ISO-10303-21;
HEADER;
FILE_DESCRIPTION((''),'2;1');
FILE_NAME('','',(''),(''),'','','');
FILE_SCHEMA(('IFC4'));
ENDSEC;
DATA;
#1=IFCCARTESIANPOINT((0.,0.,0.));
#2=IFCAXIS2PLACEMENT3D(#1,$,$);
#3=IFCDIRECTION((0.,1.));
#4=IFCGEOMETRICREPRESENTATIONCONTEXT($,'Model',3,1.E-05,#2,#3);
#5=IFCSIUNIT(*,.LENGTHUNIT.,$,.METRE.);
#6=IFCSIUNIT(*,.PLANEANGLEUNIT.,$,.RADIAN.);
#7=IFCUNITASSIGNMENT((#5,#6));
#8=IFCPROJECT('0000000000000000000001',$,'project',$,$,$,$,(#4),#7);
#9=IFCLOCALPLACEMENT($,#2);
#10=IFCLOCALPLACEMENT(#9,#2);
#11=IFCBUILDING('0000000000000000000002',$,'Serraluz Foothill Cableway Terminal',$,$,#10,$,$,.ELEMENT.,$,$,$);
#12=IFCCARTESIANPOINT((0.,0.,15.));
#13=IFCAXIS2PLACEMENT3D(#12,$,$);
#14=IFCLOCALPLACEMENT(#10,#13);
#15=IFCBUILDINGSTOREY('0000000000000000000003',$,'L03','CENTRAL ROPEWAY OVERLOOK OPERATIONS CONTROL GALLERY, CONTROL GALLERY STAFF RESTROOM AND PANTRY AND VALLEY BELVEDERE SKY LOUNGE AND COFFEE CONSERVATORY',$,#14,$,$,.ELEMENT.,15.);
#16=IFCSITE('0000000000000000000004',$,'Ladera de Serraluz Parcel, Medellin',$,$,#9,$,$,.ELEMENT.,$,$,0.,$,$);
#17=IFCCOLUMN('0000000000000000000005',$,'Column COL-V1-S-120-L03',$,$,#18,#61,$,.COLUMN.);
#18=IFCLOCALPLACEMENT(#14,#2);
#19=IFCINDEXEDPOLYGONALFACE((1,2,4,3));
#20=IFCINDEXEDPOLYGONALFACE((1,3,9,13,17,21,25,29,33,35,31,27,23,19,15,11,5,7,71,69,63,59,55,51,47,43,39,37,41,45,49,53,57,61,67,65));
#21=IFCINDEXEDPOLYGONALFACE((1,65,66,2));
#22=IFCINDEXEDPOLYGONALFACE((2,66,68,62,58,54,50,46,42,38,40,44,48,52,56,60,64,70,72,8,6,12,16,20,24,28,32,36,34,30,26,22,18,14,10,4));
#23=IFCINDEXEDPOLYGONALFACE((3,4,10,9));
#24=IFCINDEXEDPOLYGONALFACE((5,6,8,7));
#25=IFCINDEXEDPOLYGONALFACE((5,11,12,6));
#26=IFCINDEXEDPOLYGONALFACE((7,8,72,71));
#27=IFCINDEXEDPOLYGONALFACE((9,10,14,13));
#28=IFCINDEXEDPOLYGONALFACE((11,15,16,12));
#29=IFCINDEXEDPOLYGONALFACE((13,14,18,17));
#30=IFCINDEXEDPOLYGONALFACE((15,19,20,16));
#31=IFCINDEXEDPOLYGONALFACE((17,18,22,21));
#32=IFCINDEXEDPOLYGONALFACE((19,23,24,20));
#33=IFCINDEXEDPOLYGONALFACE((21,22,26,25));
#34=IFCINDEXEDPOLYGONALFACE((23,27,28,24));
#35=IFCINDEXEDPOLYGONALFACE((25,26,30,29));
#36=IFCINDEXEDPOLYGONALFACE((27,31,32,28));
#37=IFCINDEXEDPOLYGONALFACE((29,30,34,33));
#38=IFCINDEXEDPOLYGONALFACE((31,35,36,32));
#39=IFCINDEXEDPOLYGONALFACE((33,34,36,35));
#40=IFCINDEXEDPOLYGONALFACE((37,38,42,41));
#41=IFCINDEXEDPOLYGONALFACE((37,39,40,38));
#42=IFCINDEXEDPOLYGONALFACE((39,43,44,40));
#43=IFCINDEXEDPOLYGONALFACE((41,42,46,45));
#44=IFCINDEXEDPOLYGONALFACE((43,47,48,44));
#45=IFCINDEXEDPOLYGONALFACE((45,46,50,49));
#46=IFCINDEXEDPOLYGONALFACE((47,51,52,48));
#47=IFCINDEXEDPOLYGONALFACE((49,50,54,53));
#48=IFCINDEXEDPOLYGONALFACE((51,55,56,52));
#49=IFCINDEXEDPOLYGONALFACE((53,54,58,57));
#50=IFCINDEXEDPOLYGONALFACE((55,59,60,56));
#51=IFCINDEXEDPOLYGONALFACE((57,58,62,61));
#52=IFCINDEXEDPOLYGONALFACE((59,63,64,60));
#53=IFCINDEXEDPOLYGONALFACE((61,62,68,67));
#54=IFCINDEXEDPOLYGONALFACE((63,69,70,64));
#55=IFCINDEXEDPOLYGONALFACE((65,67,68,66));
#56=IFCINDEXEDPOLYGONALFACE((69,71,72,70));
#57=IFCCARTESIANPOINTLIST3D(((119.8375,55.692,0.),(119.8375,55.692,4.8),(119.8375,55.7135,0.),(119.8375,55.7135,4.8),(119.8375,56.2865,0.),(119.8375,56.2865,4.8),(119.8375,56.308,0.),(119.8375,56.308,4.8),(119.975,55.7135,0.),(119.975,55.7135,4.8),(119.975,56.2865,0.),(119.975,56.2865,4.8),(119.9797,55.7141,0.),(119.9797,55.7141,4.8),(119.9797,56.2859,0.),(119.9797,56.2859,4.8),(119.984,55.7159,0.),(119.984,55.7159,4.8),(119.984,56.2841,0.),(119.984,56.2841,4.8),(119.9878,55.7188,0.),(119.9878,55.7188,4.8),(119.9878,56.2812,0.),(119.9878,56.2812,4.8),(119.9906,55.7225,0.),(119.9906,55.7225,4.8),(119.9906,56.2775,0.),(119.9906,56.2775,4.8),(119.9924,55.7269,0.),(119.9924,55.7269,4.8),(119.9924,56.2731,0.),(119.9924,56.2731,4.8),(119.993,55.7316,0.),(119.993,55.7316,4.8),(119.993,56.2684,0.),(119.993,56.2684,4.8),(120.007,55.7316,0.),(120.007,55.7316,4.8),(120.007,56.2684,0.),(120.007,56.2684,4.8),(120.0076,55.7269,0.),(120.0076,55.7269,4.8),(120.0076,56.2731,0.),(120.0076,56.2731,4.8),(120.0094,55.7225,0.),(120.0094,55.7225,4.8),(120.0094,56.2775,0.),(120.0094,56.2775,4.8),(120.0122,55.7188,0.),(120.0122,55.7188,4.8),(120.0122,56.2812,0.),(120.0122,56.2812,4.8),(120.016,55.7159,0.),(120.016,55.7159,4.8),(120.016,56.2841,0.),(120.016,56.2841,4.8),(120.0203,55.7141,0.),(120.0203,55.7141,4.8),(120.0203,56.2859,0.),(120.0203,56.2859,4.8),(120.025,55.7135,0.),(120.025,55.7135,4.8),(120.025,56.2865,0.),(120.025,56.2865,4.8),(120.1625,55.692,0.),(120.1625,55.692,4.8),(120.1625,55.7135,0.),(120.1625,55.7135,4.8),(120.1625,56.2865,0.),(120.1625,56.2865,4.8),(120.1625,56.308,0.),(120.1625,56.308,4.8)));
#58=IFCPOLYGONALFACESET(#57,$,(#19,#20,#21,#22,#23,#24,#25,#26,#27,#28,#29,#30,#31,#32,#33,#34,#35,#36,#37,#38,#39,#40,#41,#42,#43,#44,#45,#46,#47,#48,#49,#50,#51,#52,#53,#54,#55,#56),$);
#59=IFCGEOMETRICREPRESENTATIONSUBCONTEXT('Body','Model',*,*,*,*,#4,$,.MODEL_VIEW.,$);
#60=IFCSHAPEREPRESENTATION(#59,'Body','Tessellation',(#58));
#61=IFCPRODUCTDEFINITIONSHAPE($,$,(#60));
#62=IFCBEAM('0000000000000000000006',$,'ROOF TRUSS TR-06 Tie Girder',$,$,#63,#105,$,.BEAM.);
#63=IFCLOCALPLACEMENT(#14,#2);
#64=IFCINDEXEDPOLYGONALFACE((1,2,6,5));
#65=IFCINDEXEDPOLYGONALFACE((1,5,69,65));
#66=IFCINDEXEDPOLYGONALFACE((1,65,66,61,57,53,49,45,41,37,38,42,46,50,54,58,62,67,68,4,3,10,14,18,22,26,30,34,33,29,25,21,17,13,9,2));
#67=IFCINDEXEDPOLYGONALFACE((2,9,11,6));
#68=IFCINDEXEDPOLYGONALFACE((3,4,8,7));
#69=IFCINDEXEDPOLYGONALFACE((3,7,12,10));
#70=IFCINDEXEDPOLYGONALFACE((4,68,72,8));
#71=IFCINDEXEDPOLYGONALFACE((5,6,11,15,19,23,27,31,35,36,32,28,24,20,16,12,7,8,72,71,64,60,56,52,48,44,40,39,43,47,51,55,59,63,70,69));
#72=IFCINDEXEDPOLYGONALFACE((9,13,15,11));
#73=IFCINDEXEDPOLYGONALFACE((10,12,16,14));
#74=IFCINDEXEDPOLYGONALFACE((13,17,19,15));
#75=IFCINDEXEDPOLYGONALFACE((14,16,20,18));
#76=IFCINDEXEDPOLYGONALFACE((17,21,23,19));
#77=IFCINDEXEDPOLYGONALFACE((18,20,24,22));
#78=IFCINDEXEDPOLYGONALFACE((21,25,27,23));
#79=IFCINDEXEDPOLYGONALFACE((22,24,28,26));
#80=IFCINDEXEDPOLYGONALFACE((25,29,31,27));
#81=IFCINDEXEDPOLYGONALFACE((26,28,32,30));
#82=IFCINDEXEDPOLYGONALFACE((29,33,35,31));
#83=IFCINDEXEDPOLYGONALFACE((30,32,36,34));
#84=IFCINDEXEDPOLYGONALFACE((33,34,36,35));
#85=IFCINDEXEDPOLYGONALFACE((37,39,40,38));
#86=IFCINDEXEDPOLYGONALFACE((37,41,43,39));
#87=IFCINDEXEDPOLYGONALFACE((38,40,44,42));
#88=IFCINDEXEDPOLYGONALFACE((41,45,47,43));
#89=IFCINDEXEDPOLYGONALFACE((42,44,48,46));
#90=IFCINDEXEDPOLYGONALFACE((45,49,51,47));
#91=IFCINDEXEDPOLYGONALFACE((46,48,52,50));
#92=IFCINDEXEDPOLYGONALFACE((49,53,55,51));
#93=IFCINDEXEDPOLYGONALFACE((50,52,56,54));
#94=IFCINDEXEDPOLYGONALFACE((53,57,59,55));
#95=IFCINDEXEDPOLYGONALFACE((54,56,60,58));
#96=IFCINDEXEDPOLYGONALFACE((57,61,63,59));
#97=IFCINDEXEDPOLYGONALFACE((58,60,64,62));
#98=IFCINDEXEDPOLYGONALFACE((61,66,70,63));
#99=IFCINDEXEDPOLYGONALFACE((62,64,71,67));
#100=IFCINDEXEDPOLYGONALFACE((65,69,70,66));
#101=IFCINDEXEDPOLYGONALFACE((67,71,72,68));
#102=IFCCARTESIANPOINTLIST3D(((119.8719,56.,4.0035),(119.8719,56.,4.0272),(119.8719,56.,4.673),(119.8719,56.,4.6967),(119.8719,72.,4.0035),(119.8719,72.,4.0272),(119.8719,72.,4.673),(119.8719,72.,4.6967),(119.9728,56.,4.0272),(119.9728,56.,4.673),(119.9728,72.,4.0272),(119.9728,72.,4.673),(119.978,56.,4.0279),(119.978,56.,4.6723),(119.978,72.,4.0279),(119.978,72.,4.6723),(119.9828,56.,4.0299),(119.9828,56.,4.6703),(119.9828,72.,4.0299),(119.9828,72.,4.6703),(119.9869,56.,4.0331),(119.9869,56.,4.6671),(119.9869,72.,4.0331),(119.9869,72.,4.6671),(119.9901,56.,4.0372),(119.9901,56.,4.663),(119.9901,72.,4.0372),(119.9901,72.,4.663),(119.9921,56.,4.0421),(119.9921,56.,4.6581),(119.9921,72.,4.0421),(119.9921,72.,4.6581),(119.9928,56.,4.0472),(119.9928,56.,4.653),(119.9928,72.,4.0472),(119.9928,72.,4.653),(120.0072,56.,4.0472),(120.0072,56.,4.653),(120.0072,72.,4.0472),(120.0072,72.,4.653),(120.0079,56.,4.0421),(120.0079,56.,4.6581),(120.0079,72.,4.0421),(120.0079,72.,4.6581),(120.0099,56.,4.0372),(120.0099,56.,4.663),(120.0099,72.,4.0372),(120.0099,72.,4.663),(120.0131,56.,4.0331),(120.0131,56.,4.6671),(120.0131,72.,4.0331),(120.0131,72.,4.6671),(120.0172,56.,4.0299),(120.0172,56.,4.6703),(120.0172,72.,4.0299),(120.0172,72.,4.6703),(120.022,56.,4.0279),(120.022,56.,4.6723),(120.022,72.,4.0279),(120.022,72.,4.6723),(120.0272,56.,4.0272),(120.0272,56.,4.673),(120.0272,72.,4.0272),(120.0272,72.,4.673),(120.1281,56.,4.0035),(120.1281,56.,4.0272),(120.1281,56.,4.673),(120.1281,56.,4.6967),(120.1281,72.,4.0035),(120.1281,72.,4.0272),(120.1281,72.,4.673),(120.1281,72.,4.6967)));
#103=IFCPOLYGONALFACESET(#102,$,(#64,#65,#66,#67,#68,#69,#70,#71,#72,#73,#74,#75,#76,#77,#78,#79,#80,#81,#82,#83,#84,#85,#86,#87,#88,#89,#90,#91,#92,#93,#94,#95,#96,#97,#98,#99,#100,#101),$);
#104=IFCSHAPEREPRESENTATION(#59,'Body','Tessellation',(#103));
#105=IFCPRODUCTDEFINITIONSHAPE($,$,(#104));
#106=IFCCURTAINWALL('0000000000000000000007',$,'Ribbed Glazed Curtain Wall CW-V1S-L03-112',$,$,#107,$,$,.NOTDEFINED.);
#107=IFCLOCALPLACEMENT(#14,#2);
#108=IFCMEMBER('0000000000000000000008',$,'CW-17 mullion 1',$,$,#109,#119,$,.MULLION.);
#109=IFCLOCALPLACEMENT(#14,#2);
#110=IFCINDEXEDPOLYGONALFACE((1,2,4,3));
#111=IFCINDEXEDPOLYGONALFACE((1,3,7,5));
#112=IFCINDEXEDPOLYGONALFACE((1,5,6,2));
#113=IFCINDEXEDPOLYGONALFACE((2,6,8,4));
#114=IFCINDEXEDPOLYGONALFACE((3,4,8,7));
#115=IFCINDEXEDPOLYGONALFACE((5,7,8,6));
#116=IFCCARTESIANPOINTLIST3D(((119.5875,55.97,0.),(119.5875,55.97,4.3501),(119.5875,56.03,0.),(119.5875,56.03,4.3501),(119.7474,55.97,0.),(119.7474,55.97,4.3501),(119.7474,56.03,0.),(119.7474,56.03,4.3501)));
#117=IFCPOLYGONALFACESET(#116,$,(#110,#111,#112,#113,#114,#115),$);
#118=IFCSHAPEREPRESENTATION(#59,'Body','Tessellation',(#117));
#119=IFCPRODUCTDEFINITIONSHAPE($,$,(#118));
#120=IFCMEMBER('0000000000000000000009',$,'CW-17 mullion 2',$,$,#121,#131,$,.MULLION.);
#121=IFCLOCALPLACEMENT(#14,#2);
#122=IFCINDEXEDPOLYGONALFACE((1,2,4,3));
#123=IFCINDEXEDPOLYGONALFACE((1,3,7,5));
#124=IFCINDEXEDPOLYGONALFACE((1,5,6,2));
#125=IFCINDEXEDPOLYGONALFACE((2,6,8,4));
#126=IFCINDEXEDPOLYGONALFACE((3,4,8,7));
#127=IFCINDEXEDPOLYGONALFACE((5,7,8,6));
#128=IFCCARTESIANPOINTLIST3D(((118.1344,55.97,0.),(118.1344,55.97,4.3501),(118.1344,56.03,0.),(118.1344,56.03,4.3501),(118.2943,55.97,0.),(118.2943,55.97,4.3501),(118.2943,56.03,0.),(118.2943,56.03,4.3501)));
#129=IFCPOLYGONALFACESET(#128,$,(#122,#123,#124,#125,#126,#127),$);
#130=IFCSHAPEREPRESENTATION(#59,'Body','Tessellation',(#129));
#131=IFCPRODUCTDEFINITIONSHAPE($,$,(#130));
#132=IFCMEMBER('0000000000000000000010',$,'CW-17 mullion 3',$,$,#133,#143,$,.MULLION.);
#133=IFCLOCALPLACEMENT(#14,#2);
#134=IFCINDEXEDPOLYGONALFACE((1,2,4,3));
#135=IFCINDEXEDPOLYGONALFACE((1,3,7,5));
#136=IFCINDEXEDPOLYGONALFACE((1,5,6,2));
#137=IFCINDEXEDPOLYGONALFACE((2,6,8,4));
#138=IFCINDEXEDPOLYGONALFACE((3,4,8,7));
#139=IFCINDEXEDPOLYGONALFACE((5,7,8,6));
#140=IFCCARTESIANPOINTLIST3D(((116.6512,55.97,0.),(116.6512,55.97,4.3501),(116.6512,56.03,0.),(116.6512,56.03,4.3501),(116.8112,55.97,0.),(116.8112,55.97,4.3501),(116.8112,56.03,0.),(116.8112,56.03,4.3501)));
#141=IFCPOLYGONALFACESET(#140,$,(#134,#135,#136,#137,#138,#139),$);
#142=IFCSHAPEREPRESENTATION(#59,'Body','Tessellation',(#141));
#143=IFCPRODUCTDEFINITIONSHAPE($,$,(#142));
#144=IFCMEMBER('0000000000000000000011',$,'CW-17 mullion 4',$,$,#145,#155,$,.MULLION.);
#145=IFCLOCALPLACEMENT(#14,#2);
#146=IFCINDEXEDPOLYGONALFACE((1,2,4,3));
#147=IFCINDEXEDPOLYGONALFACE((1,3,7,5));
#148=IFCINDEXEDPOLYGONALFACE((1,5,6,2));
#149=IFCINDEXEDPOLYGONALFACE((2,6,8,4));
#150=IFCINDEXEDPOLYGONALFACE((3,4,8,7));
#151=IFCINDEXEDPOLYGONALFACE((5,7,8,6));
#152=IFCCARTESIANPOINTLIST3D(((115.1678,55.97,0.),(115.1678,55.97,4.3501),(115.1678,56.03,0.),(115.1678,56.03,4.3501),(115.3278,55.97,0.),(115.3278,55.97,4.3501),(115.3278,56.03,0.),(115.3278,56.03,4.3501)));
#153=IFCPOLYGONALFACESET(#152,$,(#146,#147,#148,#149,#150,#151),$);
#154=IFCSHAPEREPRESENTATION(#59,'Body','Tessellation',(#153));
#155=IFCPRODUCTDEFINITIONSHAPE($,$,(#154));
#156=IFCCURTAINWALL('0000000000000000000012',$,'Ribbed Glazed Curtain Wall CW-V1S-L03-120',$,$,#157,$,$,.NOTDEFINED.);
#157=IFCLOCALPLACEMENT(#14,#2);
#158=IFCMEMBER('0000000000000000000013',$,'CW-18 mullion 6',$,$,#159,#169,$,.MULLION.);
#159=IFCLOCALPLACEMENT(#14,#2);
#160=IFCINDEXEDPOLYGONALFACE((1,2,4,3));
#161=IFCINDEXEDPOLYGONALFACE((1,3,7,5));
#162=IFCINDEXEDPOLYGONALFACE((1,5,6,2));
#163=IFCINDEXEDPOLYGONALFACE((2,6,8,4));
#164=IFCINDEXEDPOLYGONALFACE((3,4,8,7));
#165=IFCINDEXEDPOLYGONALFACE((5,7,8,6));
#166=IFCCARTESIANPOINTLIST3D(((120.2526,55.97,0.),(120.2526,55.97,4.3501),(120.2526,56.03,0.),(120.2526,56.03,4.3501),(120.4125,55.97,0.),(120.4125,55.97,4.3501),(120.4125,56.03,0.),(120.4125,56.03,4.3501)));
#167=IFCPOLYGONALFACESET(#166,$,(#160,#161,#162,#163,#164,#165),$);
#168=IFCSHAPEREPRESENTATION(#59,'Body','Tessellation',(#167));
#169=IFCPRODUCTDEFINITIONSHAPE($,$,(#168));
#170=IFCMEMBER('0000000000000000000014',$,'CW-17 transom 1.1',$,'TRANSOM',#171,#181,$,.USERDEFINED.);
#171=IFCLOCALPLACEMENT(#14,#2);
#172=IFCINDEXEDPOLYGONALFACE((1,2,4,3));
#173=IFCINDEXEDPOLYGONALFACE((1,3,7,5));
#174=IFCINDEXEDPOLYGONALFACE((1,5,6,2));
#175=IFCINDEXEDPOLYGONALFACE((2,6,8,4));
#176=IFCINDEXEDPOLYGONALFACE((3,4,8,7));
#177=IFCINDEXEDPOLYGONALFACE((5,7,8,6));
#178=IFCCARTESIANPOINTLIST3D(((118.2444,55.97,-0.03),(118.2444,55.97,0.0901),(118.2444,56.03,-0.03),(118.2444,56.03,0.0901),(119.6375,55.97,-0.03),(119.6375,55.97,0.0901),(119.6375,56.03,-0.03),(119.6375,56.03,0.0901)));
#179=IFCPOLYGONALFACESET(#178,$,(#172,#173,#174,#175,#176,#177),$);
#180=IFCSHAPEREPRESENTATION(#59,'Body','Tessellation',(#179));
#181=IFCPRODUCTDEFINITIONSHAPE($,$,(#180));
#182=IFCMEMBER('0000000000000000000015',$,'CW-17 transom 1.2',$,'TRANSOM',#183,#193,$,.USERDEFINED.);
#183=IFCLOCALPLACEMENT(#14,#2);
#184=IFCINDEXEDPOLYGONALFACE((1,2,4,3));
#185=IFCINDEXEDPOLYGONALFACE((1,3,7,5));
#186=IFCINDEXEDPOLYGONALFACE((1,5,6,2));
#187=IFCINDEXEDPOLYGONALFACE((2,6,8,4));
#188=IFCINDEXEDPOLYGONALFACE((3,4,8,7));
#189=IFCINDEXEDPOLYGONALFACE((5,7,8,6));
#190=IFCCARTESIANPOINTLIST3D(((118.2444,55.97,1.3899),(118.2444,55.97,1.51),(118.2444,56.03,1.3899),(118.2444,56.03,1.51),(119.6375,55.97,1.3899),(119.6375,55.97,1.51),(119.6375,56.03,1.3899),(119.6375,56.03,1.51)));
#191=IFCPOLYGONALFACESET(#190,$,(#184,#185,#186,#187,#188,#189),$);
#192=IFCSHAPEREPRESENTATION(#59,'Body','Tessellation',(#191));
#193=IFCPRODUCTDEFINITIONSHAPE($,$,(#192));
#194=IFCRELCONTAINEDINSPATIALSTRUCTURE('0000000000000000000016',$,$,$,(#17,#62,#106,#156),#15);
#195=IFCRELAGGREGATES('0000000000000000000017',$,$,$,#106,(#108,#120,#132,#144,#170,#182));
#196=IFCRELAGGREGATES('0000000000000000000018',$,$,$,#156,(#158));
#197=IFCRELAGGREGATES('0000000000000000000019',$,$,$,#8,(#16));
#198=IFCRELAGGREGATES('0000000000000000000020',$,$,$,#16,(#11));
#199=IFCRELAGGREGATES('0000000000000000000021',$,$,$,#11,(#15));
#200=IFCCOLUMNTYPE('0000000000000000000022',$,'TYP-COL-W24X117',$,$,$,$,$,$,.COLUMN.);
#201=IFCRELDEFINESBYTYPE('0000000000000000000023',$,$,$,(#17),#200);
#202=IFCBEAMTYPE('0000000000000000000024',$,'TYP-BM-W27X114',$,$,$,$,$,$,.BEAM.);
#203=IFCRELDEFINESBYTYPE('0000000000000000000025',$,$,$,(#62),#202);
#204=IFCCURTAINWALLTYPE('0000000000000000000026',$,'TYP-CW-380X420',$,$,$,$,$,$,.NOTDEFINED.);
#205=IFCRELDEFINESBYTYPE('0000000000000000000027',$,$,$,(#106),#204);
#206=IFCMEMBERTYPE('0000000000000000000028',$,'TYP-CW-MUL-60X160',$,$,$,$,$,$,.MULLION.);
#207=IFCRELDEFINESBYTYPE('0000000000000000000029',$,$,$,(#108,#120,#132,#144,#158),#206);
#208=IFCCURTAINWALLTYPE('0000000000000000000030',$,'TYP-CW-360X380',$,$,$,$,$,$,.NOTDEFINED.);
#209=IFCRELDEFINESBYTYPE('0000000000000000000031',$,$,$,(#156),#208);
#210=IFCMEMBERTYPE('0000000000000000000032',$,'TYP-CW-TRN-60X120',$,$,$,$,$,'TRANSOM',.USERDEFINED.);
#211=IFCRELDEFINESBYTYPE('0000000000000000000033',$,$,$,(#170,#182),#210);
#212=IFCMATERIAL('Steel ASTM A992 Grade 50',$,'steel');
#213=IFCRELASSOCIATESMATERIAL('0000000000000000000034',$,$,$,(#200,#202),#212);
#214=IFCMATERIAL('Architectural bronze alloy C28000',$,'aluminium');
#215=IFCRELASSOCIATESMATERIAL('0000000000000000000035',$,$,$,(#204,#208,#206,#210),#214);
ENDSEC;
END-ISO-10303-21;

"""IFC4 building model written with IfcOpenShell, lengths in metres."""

from ifc_helpers import new_model, si_unit, direction, frame, origin, origin_2d, place, context, subcontext, project, spatial, rectangle, i_section, extrude, material, material_profile, profile_set, type_object, element, aggregate, save


model = new_model("IFC4")

# Units and contexts
model_context = context("Model", 3, precision=1e-05, world=origin(), true_north=direction((0.0, 1.0)))
body_context = subcontext(model_context, "Body", "Model", "MODEL_VIEW")
ifc_project = project(units=[si_unit("LENGTHUNIT", "METRE"), si_unit("PLANEANGLEUNIT", "RADIAN")], contexts=[model_context])

# Site, building, storey
site_placement = place(None, origin())
site = spatial("IfcSite", under=ifc_project, at=site_placement, Name="Ladera de Serraluz Parcel, Medellin", CompositionType="ELEMENT", RefElevation=0.0)
building_placement = place(site_placement, origin())
building = spatial("IfcBuilding", under=site, at=building_placement, Name="Serraluz Foothill Cableway Terminal", CompositionType="ELEMENT")
storey_placement = place(building_placement, frame((0.0, 0.0, 15.0)))
storey = spatial("IfcBuildingStorey", under=building, at=storey_placement, Name="L03", Description="CENTRAL ROPEWAY OVERLOOK OPERATIONS CONTROL GALLERY, CONTROL GALLERY STAFF RESTROOM AND PANTRY AND VALLEY BELVEDERE SKY LOUNGE AND COFFEE CONSERVATORY", CompositionType="ELEMENT", Elevation=15.0)

# Column
ifc_material_1 = material(Name="Steel ASTM A992 Grade 50", Category="steel")
ifc_material_profile_1 = material_profile(ifc_material_1, i_section(OverallWidth=0.325, OverallDepth=0.616, WebThickness=0.0139, FlangeThickness=0.0215, FilletRadius=0.0181, at=origin_2d()), Name="W24X117")
ifc_profile_set_1 = profile_set([ifc_material_profile_1], Name="Steel ASTM A992 Grade 50")
column_type = type_object("IfcColumnType", Name="TYP-COL-W24X117", PredefinedType="COLUMN", material=ifc_profile_set_1)
column_placement = place(storey_placement, frame((120.0, 56.0, 0.0), z_axis=(0.0, 0.0, 1.0), x_axis=(1.0, 0.0, 0.0)))
element("IfcColumn", 1, at=column_placement, inside=storey, type_object=column_type, Name="Column COL-V1-S-120-L03", PredefinedType="COLUMN", context=body_context, shape_type="SweptSolid", body=[
    extrude(i_section(OverallWidth=0.325, OverallDepth=0.616, WebThickness=0.0139, FlangeThickness=0.0215, FilletRadius=0.0181, at=origin_2d()), origin(), (0.0, 0.0, 1.0), 4.8),
])

# Beam
ifc_material_profile_2 = material_profile(ifc_material_1, i_section(OverallWidth=0.2561, OverallDepth=0.6931, WebThickness=0.0144, FlangeThickness=0.0237, FilletRadius=0.02, at=origin_2d()), Name="W27X114")
ifc_profile_set_2 = profile_set([ifc_material_profile_2], Name="Steel ASTM A992 Grade 50")
beam_type_1 = type_object("IfcBeamType", Name="TYP-BM-W27X114", PredefinedType="BEAM", material=ifc_profile_set_2)
beam_1_placement = place(storey_placement, frame((120.0, 56.0, 4.3501), z_axis=(0.0, 1.0, 0.0), x_axis=(-1.0, 0.0, 0.0)))
element("IfcBeam", 2, at=beam_1_placement, inside=storey, type_object=beam_type_1, Name="ROOF TRUSS TR-06 Tie Girder", PredefinedType="BEAM", context=body_context, shape_type="SweptSolid", body=[
    extrude(i_section(OverallWidth=0.2561, OverallDepth=0.6931, WebThickness=0.0144, FlangeThickness=0.0237, FilletRadius=0.02, at=origin_2d()), origin(), (0.0, 0.0, 1.0), 16.0),
])

# Curtain wall, members
ifc_material_2 = material(Name="Architectural bronze alloy C28000", Category="aluminium")
curtain_wall_type_1 = type_object("IfcCurtainWallType", Name="TYP-CW-380X420", PredefinedType="NOTDEFINED", material=ifc_material_2)
curtain_wall_1_placement = place(storey_placement, origin())
curtain_wall_1 = element("IfcCurtainWall", 3, at=curtain_wall_1_placement, inside=storey, type_object=curtain_wall_type_1, Name="Ribbed Glazed Curtain Wall CW-V1S-L03-112", PredefinedType="NOTDEFINED")
ifc_material_profile_3 = material_profile(ifc_material_2, rectangle(XDim=0.0601, YDim=0.1599, at=origin_2d()), Name="ALU MULLION 60x160")
ifc_profile_set_3 = profile_set([ifc_material_profile_3], Name="Architectural bronze alloy C28000")
member_type_1 = type_object("IfcMemberType", Name="TYP-CW-MUL-60X160", PredefinedType="MULLION", material=ifc_profile_set_3)
member_1_placement = place(storey_placement, frame((119.6675, 56.0, 0.0), z_axis=(0.0, 0.0, 1.0), x_axis=(0.0, -1.0, 0.0)))
member_1 = element("IfcMember", 4, at=member_1_placement, type_object=member_type_1, Name="CW-17 mullion 1", PredefinedType="MULLION", context=body_context, shape_type="SweptSolid", body=[
    extrude(rectangle(XDim=0.0601, YDim=0.1599, at=origin_2d()), origin(), (0.0, 0.0, 1.0), 4.3501),
])
member_2_placement = place(storey_placement, frame((118.2144, 56.0, 0.0), z_axis=(0.0, 0.0, 1.0), x_axis=(0.0, -1.0, 0.0)))
member_2 = element("IfcMember", 5, at=member_2_placement, type_object=member_type_1, Name="CW-17 mullion 2", PredefinedType="MULLION", context=body_context, shape_type="SweptSolid", body=[
    extrude(rectangle(XDim=0.0601, YDim=0.1599, at=origin_2d()), origin(), (0.0, 0.0, 1.0), 4.3501),
])
member_3_placement = place(storey_placement, frame((116.7312, 56.0, 0.0), z_axis=(0.0, 0.0, 1.0), x_axis=(0.0, -1.0, 0.0)))
member_3 = element("IfcMember", 6, at=member_3_placement, type_object=member_type_1, Name="CW-17 mullion 3", PredefinedType="MULLION", context=body_context, shape_type="SweptSolid", body=[
    extrude(rectangle(XDim=0.0601, YDim=0.1599, at=origin_2d()), origin(), (0.0, 0.0, 1.0), 4.3501),
])
member_4_placement = place(storey_placement, frame((115.2478, 56.0, 0.0), z_axis=(0.0, 0.0, 1.0), x_axis=(0.0, -1.0, 0.0)))
member_4 = element("IfcMember", 7, at=member_4_placement, type_object=member_type_1, Name="CW-17 mullion 4", PredefinedType="MULLION", context=body_context, shape_type="SweptSolid", body=[
    extrude(rectangle(XDim=0.0601, YDim=0.1599, at=origin_2d()), origin(), (0.0, 0.0, 1.0), 4.3501),
])

# Curtain wall, member
curtain_wall_type_2 = type_object("IfcCurtainWallType", Name="TYP-CW-360X380", PredefinedType="NOTDEFINED", material=ifc_material_2)
curtain_wall_2_placement = place(storey_placement, origin())
curtain_wall_2 = element("IfcCurtainWall", 8, at=curtain_wall_2_placement, inside=storey, type_object=curtain_wall_type_2, Name="Ribbed Glazed Curtain Wall CW-V1S-L03-120", PredefinedType="NOTDEFINED")
member_5_placement = place(storey_placement, frame((120.3325, 56.0, 0.0), z_axis=(0.0, 0.0, 1.0), x_axis=(0.0, -1.0, 0.0)))
member_5 = element("IfcMember", 9, at=member_5_placement, type_object=member_type_1, Name="CW-18 mullion 6", PredefinedType="MULLION", context=body_context, shape_type="SweptSolid", body=[
    extrude(rectangle(XDim=0.0601, YDim=0.1599, at=origin_2d()), origin(), (0.0, 0.0, 1.0), 4.3501),
])

# Members
ifc_material_profile_4 = material_profile(ifc_material_2, rectangle(XDim=0.0601, YDim=0.1201, at=origin_2d()), Name="ALU TRANSOM 60x120")
ifc_profile_set_4 = profile_set([ifc_material_profile_4], Name="Architectural bronze alloy C28000")
member_type_2 = type_object("IfcMemberType", Name="TYP-CW-TRN-60X120", ElementType="TRANSOM", PredefinedType="USERDEFINED", material=ifc_profile_set_4)
member_6_placement = place(storey_placement, frame((119.6375, 56.0, 0.03), z_axis=(-1.0, 0.0, 0.0), x_axis=(0.0, -1.0, 0.0)))
member_6 = element("IfcMember", 10, at=member_6_placement, type_object=member_type_2, Name="CW-17 transom 1.1", ObjectType="TRANSOM", PredefinedType="USERDEFINED", context=body_context, shape_type="SweptSolid", body=[
    extrude(rectangle(XDim=0.0601, YDim=0.1201, at=origin_2d()), origin(), (0.0, 0.0, 1.0), 1.3931),
])
member_7_placement = place(storey_placement, frame((119.6375, 56.0, 1.45), z_axis=(-1.0, 0.0, 0.0), x_axis=(0.0, -1.0, 0.0)))
member_7 = element("IfcMember", 11, at=member_7_placement, type_object=member_type_2, Name="CW-17 transom 1.2", ObjectType="TRANSOM", PredefinedType="USERDEFINED", context=body_context, shape_type="SweptSolid", body=[
    extrude(rectangle(XDim=0.0601, YDim=0.1201, at=origin_2d()), origin(), (0.0, 0.0, 1.0), 1.3931),
])

aggregate(curtain_wall_1, [member_1, member_2, member_3, member_4, member_6, member_7])
aggregate(curtain_wall_2, [member_5])

save(model, "model.ifc")
